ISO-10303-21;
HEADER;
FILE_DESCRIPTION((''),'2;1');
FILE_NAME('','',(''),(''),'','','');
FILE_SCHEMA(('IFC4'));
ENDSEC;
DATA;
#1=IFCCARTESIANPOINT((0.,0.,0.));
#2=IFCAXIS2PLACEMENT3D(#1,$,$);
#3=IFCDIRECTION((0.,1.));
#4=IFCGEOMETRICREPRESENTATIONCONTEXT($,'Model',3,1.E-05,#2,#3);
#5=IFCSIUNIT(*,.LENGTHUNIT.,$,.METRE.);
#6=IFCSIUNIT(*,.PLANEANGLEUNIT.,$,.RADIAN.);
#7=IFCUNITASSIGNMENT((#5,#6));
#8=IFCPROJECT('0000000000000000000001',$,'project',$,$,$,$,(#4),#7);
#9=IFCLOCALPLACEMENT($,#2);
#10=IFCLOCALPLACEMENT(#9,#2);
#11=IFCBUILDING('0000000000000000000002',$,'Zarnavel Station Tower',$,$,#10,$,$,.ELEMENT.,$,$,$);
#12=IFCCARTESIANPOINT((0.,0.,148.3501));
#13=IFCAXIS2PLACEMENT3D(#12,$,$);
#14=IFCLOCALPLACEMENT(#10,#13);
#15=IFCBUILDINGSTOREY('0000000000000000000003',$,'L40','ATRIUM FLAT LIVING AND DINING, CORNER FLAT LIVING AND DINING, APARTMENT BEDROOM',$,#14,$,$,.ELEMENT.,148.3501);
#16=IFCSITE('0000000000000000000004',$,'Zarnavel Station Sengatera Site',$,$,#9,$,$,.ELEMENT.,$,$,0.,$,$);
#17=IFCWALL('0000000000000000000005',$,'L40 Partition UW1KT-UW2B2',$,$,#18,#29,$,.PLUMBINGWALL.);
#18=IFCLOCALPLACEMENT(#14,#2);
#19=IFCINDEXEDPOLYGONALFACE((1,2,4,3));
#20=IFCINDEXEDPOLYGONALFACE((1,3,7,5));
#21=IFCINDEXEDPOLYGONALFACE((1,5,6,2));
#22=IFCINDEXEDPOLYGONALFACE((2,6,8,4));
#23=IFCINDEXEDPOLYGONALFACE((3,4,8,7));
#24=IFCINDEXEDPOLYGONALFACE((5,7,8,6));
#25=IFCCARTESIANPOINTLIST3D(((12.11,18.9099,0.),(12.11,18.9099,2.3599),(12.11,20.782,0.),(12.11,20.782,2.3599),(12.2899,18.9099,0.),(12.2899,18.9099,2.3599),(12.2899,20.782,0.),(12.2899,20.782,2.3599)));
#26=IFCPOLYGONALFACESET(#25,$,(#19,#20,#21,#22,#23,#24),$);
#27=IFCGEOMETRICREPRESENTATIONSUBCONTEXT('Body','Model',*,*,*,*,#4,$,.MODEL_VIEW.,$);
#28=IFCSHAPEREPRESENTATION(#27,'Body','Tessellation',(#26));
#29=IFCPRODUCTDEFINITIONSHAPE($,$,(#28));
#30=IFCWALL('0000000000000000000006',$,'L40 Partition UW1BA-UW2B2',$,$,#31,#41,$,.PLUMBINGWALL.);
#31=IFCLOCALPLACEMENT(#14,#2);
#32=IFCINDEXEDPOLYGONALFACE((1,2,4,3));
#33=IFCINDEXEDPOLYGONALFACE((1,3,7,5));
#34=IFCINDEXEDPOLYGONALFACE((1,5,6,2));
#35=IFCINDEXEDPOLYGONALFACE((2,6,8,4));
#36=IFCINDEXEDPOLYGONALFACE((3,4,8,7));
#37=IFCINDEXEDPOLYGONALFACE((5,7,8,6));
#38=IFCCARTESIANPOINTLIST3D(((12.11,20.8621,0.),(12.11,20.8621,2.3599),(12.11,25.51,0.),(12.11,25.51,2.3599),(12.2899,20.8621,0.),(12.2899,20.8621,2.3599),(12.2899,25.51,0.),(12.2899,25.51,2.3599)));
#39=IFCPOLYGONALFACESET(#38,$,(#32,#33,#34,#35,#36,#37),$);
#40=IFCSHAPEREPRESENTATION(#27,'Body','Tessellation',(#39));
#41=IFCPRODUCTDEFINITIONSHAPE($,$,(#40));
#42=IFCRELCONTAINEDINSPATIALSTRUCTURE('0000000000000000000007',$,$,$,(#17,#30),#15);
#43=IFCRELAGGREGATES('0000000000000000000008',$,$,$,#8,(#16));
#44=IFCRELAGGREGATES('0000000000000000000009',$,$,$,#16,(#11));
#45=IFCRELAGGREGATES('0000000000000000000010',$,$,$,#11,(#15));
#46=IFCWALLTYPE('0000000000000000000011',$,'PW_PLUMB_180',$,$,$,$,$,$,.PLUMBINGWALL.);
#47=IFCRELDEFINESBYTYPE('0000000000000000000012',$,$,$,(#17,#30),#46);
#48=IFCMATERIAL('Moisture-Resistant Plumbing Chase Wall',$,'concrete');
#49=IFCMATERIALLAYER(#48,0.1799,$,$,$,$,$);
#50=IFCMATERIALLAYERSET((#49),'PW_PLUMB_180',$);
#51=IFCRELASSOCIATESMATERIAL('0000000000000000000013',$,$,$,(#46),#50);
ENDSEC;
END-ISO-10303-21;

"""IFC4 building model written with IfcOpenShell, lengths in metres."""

from ifc_helpers import new_model, si_unit, direction, frame, frame_2d, origin, place, context, subcontext, project, spatial, rectangle, extrude, material, layer, layer_set, type_object, element, save


model = new_model("IFC4")

# Units and contexts
model_context = context("Model", 3, precision=1e-05, world=origin(), true_north=direction((0.0, 1.0)))
body_context = subcontext(model_context, "Body", "Model", "MODEL_VIEW")
ifc_project = project(units=[si_unit("LENGTHUNIT", "METRE"), si_unit("PLANEANGLEUNIT", "RADIAN")], contexts=[model_context])

# Site, building, storey
site_placement = place(None, origin())
site = spatial("IfcSite", under=ifc_project, at=site_placement, Name="Zarnavel Station Sengatera Site", CompositionType="ELEMENT", RefElevation=0.0)
building_placement = place(site_placement, origin())
building = spatial("IfcBuilding", under=site, at=building_placement, Name="Zarnavel Station Tower", CompositionType="ELEMENT")
storey_placement = place(building_placement, frame((0.0, 0.0, 148.3501)))
storey = spatial("IfcBuildingStorey", under=building, at=storey_placement, Name="L40", Description="ATRIUM FLAT LIVING AND DINING, CORNER FLAT LIVING AND DINING, APARTMENT BEDROOM", CompositionType="ELEMENT", Elevation=148.3501)

# Shared definitions
ifc_material_1 = material(Name="Moisture-Resistant Plumbing Chase Wall", Category="concrete")
ifc_layer_1 = layer(ifc_material_1, 0.1799)
ifc_layer_set_1 = layer_set([ifc_layer_1], Name="PW_PLUMB_180")
wall_type_1 = type_object("IfcWallType", Name="PW_PLUMB_180", PredefinedType="PLUMBINGWALL", material=ifc_layer_set_1)

# Walls
wall_1_placement = place(storey_placement, frame((12.2, 18.9099, 0.0), z_axis=(0.0, 0.0, 1.0), x_axis=(0.0, 1.0, 0.0)))
element("IfcWall", 1, at=wall_1_placement, inside=storey, type_object=wall_type_1, Name="L40 Partition UW1KT-UW2B2", PredefinedType="PLUMBINGWALL", context=body_context, shape_type="SweptSolid", body=[
    extrude(rectangle(XDim=1.8721, YDim=0.1799, at=frame_2d((0.936, 0.0))), origin(), (0.0, 0.0, 1.0), 2.3599),
])
wall_2_placement = place(storey_placement, frame((12.2, 20.8621, 0.0), z_axis=(0.0, 0.0, 1.0), x_axis=(0.0, 1.0, 0.0)))
element("IfcWall", 2, at=wall_2_placement, inside=storey, type_object=wall_type_1, Name="L40 Partition UW1BA-UW2B2", PredefinedType="PLUMBINGWALL", context=body_context, shape_type="SweptSolid", body=[
    extrude(rectangle(XDim=4.6479, YDim=0.1799, at=frame_2d((2.324, 0.0))), origin(), (0.0, 0.0, 1.0), 2.3599),
])

save(model, "model.ifc")
